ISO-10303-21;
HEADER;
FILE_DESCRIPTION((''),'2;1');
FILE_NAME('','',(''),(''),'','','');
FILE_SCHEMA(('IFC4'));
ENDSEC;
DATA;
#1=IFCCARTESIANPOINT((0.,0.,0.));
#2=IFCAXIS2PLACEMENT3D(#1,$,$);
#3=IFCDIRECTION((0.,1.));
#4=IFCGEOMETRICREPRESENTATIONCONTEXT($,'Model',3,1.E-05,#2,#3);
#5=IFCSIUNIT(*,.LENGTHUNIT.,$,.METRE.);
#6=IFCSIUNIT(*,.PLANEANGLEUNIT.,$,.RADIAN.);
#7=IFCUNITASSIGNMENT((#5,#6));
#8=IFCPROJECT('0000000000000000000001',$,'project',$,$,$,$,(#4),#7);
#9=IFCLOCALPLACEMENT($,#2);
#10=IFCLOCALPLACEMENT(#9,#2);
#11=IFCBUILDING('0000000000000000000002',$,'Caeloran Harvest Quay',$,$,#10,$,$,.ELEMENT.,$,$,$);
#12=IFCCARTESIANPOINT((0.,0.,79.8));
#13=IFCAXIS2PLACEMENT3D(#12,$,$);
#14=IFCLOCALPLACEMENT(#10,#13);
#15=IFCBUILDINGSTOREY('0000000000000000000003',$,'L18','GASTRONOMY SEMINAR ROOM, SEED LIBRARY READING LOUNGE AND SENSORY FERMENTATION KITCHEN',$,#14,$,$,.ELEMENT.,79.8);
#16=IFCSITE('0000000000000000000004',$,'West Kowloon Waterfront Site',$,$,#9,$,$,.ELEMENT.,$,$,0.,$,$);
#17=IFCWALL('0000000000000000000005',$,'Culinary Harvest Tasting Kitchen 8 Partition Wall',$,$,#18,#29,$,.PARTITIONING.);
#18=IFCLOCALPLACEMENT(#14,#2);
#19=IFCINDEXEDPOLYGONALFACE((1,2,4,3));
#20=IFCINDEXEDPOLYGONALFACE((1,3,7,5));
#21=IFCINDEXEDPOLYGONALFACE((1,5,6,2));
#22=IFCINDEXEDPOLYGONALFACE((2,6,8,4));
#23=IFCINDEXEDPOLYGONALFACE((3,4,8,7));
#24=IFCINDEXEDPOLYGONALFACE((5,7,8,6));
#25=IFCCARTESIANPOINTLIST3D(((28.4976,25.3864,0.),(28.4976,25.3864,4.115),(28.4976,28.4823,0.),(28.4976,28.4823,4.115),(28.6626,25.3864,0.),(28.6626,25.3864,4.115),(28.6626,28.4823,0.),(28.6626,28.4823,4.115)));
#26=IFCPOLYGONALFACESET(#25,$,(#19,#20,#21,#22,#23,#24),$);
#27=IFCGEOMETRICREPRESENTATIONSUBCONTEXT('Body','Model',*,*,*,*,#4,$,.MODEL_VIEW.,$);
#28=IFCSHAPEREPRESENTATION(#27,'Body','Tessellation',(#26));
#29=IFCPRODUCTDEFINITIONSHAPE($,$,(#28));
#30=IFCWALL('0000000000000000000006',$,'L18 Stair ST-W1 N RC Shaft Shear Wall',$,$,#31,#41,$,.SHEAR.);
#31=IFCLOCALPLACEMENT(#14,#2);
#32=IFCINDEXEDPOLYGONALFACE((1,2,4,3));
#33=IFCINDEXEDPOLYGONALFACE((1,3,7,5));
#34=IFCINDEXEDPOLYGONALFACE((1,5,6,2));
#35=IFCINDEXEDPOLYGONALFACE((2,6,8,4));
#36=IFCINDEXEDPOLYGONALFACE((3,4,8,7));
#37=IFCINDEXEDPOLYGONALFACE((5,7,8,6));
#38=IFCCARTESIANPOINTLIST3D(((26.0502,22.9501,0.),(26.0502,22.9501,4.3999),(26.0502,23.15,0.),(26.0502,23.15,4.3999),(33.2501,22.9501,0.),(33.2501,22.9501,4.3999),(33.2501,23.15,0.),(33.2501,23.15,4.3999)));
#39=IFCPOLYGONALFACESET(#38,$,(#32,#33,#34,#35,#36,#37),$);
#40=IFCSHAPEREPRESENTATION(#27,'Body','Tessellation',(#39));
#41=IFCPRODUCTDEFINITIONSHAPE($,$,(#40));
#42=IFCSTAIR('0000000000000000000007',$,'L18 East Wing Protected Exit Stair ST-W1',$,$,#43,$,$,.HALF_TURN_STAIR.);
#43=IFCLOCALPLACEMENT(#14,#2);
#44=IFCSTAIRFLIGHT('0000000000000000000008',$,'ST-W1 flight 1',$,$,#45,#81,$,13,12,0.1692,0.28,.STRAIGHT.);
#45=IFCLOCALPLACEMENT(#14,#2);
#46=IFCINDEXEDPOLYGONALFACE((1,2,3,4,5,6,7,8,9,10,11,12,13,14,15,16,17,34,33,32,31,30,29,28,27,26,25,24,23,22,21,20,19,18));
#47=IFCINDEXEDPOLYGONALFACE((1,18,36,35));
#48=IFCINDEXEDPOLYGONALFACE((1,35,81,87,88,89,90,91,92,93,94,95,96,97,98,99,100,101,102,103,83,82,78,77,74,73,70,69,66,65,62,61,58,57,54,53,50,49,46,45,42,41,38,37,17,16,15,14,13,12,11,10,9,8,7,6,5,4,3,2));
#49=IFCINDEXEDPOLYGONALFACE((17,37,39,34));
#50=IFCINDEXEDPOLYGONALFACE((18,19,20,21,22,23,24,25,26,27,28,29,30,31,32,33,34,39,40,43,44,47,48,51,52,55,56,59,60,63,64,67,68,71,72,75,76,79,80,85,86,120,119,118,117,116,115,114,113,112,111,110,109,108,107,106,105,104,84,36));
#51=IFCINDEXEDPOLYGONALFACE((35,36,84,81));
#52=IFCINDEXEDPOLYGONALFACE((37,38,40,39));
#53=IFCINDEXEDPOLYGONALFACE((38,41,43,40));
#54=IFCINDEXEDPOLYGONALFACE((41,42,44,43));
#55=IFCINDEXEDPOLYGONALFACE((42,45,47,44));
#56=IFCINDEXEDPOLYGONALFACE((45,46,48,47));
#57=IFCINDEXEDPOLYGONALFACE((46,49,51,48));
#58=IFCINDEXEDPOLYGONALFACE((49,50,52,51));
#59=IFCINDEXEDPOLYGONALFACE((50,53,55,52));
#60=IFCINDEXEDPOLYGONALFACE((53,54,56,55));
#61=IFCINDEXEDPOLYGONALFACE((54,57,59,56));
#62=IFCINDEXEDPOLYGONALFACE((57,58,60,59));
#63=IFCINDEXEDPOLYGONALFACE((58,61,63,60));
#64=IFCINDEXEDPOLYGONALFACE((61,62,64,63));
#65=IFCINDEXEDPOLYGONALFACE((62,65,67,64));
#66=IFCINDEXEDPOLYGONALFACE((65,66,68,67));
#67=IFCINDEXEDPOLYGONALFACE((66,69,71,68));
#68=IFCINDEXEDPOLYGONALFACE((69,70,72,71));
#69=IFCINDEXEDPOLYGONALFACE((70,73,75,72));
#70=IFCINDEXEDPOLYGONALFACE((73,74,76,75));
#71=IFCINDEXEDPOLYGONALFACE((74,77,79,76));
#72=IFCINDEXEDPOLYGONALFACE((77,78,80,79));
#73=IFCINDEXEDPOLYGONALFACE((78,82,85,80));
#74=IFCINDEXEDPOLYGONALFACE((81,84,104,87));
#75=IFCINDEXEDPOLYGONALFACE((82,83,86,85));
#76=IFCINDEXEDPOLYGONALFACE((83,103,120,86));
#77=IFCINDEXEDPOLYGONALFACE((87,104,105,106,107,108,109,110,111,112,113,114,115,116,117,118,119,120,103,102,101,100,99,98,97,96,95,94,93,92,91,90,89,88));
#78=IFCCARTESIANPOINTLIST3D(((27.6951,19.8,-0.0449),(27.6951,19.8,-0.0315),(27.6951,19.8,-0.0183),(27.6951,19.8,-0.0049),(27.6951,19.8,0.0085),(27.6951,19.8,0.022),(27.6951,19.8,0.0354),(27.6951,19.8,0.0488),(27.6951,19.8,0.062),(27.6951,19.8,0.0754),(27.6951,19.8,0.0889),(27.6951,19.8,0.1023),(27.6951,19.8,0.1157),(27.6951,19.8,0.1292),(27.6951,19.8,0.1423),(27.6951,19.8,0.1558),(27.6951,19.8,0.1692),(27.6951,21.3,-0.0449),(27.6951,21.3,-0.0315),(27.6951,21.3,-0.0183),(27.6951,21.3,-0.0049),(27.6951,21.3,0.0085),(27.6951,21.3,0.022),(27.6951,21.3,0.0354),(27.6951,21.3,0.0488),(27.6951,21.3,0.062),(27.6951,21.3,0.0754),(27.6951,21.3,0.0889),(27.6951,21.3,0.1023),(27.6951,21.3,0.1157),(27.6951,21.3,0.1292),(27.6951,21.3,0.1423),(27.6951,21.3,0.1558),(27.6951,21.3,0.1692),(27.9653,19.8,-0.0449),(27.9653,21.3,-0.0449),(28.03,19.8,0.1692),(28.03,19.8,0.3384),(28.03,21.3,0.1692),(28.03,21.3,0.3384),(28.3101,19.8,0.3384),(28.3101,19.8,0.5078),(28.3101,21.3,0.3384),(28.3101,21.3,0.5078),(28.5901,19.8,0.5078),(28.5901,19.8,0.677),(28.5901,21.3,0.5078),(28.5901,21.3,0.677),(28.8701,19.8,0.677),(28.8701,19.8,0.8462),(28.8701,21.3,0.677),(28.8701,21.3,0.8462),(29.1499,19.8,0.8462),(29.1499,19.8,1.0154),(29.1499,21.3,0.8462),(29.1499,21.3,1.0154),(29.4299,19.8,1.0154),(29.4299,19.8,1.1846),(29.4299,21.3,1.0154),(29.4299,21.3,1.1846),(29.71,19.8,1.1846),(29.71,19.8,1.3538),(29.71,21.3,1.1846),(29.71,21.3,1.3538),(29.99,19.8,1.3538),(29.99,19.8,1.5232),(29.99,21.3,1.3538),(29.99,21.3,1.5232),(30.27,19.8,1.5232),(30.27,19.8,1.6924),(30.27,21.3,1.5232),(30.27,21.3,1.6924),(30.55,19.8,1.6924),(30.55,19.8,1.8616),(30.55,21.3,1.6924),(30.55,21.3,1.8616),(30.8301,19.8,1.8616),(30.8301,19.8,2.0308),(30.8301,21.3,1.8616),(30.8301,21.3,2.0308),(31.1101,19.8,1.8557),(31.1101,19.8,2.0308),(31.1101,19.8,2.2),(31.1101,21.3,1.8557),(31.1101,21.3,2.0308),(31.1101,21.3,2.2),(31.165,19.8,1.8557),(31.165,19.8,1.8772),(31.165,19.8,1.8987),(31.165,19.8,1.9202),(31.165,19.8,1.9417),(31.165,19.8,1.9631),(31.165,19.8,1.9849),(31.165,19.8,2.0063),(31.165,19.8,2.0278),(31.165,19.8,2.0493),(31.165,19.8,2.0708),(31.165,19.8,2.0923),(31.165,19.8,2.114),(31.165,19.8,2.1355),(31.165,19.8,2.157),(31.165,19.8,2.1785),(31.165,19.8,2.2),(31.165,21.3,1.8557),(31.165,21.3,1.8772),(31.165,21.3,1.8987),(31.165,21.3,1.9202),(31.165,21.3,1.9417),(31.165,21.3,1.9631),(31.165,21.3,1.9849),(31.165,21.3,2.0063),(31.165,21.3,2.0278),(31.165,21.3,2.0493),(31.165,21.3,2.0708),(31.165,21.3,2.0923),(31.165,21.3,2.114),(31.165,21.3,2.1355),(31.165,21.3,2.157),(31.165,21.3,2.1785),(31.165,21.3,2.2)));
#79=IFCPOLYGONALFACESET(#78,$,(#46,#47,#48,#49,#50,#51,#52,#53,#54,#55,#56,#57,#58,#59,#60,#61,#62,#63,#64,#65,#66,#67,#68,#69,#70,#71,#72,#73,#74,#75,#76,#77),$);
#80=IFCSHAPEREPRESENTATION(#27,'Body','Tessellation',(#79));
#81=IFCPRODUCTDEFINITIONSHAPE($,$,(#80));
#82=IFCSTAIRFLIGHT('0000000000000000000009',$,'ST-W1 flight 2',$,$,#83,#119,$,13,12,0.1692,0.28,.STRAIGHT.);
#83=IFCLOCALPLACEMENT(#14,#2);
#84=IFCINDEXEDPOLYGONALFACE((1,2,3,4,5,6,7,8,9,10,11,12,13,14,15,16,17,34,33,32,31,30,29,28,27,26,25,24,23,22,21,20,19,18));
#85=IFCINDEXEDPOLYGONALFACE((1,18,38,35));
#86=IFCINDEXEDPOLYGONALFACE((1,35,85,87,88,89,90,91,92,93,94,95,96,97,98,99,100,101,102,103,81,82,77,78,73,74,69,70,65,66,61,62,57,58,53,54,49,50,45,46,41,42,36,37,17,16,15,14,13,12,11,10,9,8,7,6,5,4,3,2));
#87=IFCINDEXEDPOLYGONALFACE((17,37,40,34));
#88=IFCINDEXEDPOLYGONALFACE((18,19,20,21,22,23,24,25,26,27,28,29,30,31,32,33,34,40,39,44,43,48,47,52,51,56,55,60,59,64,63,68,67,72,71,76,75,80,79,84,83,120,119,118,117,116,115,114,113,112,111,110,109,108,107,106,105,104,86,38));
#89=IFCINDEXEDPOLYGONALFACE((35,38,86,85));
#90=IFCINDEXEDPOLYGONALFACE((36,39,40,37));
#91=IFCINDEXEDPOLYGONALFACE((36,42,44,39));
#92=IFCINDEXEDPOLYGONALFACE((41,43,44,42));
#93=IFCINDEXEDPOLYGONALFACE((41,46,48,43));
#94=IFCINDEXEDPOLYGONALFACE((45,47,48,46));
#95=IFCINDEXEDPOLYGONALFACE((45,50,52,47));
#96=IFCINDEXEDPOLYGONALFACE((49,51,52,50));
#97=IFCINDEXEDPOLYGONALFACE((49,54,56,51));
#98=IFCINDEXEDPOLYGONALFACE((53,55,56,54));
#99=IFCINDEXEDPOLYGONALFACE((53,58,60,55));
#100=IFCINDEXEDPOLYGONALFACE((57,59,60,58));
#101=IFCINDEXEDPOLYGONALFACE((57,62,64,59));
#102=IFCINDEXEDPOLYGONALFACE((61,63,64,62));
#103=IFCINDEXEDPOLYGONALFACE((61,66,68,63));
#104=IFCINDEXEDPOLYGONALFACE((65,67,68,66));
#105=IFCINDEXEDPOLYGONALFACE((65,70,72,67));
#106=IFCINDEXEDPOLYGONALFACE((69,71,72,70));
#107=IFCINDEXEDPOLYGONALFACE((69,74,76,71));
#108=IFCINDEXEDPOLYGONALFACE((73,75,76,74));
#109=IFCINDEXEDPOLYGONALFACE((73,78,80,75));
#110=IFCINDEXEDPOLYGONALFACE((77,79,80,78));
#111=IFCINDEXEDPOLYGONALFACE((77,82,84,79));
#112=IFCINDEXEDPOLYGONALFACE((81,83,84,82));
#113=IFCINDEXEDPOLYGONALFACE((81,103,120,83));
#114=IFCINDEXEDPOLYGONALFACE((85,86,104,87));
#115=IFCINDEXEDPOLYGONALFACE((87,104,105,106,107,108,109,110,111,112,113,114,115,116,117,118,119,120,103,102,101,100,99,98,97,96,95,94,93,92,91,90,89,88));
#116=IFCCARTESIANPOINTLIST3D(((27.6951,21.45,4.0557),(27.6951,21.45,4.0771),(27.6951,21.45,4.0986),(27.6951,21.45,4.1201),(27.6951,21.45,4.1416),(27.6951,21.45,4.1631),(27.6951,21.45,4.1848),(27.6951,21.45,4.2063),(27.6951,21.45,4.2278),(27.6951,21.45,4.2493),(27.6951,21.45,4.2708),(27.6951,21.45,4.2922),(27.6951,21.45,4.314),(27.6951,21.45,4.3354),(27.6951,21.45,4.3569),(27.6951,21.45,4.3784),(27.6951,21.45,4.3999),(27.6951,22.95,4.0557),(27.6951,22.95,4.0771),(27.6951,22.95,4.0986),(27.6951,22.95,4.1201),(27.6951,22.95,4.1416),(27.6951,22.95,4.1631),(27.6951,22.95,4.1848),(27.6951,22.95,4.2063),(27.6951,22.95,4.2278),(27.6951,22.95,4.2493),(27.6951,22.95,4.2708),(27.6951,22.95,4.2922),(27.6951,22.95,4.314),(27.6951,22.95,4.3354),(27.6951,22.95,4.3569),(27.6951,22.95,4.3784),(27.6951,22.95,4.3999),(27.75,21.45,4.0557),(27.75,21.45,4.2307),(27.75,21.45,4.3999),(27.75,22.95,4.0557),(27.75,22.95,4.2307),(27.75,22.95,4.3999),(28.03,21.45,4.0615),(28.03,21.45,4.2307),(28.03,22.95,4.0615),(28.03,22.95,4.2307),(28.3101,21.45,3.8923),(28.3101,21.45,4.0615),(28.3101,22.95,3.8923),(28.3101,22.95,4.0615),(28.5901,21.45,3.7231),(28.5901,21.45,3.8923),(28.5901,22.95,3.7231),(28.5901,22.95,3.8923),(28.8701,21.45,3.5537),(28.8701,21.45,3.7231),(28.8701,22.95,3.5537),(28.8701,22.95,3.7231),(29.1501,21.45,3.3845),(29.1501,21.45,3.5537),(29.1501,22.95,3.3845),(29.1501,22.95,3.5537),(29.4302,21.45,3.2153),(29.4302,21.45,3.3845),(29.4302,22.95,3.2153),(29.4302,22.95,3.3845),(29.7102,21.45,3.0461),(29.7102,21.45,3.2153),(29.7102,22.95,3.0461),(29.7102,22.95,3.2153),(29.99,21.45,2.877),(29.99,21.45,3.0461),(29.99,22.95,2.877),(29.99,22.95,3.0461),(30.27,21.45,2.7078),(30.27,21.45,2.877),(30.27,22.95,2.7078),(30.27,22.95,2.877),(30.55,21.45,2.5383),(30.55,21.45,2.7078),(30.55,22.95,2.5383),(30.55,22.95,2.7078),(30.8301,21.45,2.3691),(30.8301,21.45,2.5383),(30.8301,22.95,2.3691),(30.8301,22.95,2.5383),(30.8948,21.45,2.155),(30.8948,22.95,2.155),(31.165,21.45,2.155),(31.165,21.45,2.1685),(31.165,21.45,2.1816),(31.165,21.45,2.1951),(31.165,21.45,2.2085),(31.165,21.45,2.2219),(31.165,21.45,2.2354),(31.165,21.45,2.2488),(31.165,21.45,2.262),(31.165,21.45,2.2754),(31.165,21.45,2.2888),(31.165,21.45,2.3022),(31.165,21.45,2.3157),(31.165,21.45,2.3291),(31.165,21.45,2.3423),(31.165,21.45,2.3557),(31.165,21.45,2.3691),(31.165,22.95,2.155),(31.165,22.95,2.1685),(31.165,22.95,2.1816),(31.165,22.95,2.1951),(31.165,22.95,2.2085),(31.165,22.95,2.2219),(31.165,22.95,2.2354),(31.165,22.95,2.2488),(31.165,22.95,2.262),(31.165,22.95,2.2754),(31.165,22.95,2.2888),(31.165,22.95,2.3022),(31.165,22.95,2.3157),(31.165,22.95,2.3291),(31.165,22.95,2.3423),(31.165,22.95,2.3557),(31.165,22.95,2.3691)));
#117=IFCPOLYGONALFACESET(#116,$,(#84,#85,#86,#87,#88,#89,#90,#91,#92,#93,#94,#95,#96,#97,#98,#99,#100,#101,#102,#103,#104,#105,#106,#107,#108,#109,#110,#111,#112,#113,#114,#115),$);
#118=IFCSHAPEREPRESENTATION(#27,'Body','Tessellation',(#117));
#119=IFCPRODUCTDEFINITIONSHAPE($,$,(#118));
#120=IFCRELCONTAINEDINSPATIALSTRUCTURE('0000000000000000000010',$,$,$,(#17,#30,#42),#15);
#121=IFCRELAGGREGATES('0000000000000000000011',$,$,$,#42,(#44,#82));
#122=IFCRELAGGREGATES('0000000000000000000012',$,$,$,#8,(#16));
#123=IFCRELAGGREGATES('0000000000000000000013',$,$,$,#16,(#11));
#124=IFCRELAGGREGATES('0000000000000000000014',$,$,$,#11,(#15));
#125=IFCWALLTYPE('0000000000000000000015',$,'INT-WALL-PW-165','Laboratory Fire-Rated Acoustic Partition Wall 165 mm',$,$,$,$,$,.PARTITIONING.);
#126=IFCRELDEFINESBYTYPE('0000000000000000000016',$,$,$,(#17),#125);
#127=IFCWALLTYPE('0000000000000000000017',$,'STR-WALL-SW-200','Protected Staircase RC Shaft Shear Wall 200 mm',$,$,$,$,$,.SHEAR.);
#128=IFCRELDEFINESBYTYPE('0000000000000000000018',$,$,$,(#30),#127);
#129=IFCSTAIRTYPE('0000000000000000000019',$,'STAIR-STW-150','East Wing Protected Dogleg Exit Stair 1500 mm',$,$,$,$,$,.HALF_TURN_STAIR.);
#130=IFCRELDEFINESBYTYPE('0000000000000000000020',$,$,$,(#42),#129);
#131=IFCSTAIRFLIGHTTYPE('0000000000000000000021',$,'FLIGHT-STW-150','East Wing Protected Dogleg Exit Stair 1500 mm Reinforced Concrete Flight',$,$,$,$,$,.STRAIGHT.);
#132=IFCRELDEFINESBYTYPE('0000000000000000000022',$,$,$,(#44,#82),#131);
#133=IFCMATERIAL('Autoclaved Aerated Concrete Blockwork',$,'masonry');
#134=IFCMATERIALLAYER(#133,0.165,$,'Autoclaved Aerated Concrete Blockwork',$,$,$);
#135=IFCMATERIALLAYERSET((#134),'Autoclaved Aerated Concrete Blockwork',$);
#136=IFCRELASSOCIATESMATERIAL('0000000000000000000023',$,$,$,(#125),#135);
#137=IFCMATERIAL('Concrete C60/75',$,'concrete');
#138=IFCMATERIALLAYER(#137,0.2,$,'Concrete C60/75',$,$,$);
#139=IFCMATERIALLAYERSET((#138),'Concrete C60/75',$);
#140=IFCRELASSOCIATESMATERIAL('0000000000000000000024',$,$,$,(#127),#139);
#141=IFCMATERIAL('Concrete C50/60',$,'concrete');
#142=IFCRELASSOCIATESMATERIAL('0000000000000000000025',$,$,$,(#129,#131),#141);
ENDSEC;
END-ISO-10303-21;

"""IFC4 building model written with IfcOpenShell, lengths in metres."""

from ifc_helpers import new_model, si_unit, direction, frame, frame_2d, origin, place, context, subcontext, project, spatial, polyline, rectangle, outline, extrude, material, layer, layer_set, type_object, element, aggregate, save


model = new_model("IFC4")

# Units and contexts
model_context = context("Model", 3, precision=1e-05, world=origin(), true_north=direction((0.0, 1.0)))
body_context = subcontext(model_context, "Body", "Model", "MODEL_VIEW")
ifc_project = project(units=[si_unit("LENGTHUNIT", "METRE"), si_unit("PLANEANGLEUNIT", "RADIAN")], contexts=[model_context])

# Site, building, storey
site_placement = place(None, origin())
site = spatial("IfcSite", under=ifc_project, at=site_placement, Name="West Kowloon Waterfront Site", CompositionType="ELEMENT", RefElevation=0.0)
building_placement = place(site_placement, origin())
building = spatial("IfcBuilding", under=site, at=building_placement, Name="Caeloran Harvest Quay", CompositionType="ELEMENT")
storey_placement = place(building_placement, frame((0.0, 0.0, 79.8)))
storey = spatial("IfcBuildingStorey", under=building, at=storey_placement, Name="L18", Description="GASTRONOMY SEMINAR ROOM, SEED LIBRARY READING LOUNGE AND SENSORY FERMENTATION KITCHEN", CompositionType="ELEMENT", Elevation=79.8)

# Shared definitions
ifc_material_1 = material(Name="Autoclaved Aerated Concrete Blockwork", Category="masonry")
ifc_layer_1 = layer(ifc_material_1, 0.165, Name="Autoclaved Aerated Concrete Blockwork")
ifc_layer_set_1 = layer_set([ifc_layer_1], Name="Autoclaved Aerated Concrete Blockwork")
wall_type_1 = type_object("IfcWallType", Name="INT-WALL-PW-165", Description="Laboratory Fire-Rated Acoustic Partition Wall 165 mm", PredefinedType="PARTITIONING", material=ifc_layer_set_1)

# Walls
wall_1_placement = place(storey_placement, frame((28.5801, 25.3865, 0.0), z_axis=(0.0, 0.0, 1.0), x_axis=(0.0, 1.0, 0.0)))
element("IfcWall", 1, at=wall_1_placement, inside=storey, type_object=wall_type_1, Name="Culinary Harvest Tasting Kitchen 8 Partition Wall", PredefinedType="PARTITIONING", context=body_context, shape_type="SweptSolid", body=[
    extrude(rectangle(XDim=3.0959, YDim=0.165, at=frame_2d((1.5479, 0.0))), origin(), (0.0, 0.0, 1.0), 4.115),
])
ifc_material_2 = material(Name="Concrete C60/75", Category="concrete")
ifc_layer_2 = layer(ifc_material_2, 0.2, Name="Concrete C60/75")
ifc_layer_set_2 = layer_set([ifc_layer_2], Name="Concrete C60/75")
wall_type_2 = type_object("IfcWallType", Name="STR-WALL-SW-200", Description="Protected Staircase RC Shaft Shear Wall 200 mm", PredefinedType="SHEAR", material=ifc_layer_set_2)
wall_2_placement = place(storey_placement, frame((26.05, 23.05, 0.0), z_axis=(0.0, 0.0, 1.0), x_axis=(1.0, 0.0, 0.0)))
element("IfcWall", 2, at=wall_2_placement, inside=storey, type_object=wall_type_2, Name="L18 Stair ST-W1 N RC Shaft Shear Wall", PredefinedType="SHEAR", context=body_context, shape_type="SweptSolid", body=[
    extrude(rectangle(XDim=7.2, YDim=0.2, at=frame_2d((3.6001, 0.0))), origin(), (0.0, 0.0, 1.0), 4.3999),
])

# Stair, stair flights
ifc_material_3 = material(Name="Concrete C50/60", Category="concrete")
stair_type = type_object("IfcStairType", Name="STAIR-STW-150", Description="East Wing Protected Dogleg Exit Stair 1500 mm", PredefinedType="HALF_TURN_STAIR", material=ifc_material_3)
stair_placement = place(storey_placement, origin())
stair = element("IfcStair", 3, at=stair_placement, inside=storey, type_object=stair_type, Name="L18 East Wing Protected Exit Stair ST-W1", PredefinedType="HALF_TURN_STAIR")
stair_flight_type = type_object("IfcStairFlightType", Name="FLIGHT-STW-150", Description="East Wing Protected Dogleg Exit Stair 1500 mm Reinforced Concrete Flight", PredefinedType="STRAIGHT", material=ifc_material_3)
stair_flight_1_placement = place(storey_placement, frame((27.75, 20.55, 0.0), z_axis=(0.0, 0.0, 1.0), x_axis=(1.0, 0.0, 0.0)))
stair_flight_1 = element("IfcStairFlight", 4, at=stair_flight_1_placement, type_object=stair_flight_type, Name="ST-W1 flight 1", NumberOfRisers=13, NumberOfTreads=12, PredefinedType="STRAIGHT", RiserHeight=0.1692, TreadLength=0.28, context=body_context, shape_type="SweptSolid", body=[
    extrude(outline(polyline([(-0.0549, -0.0449), (-0.0549, -0.0315), (-0.0549, -0.0183), (-0.0549, -0.0049), (-0.0549, 0.0085), (-0.0549, 0.022), (-0.0549, 0.0354), (-0.0549, 0.0488), (-0.0549, 0.062), (-0.0549, 0.0754), (-0.0549, 0.0889), (-0.0549, 0.1023), (-0.0549, 0.1157), (-0.0549, 0.1292), (-0.0549, 0.1423), (-0.0549, 0.1558), (-0.0549, 0.1692), (0.28, 0.1692), (0.28, 0.3384), (0.5601, 0.3384), (0.5601, 0.5078), (0.8401, 0.5078), (0.8401, 0.677), (1.1201, 0.677), (1.1201, 0.8462), (1.3999, 0.8462), (1.3999, 1.0154), (1.6799, 1.0154), (1.6799, 1.1846), (1.96, 1.1846), (1.96, 1.3538), (2.24, 1.3538), (2.24, 1.5232), (2.52, 1.5232), (2.52, 1.6924), (2.8, 1.6924), (2.8, 1.8616), (3.0801, 1.8616), (3.0801, 2.0308), (3.3601, 2.0308), (3.3601, 2.2), (3.415, 2.2), (3.415, 2.1785), (3.415, 2.157), (3.415, 2.1355), (3.415, 2.114), (3.415, 2.0923), (3.415, 2.0708), (3.415, 2.0493), (3.415, 2.0278), (3.415, 2.0063), (3.415, 1.9849), (3.415, 1.9631), (3.415, 1.9417), (3.415, 1.9202), (3.415, 1.8987), (3.415, 1.8772), (3.415, 1.8557), (3.3601, 1.8557), (0.2153, -0.0449), (-0.0549, -0.0449)])), frame((0.0, 0.75, 0.0), z_axis=(0.0, -1.0, 0.0), x_axis=(1.0, 0.0, 0.0)), (0.0, 0.0, 1.0), 1.5),
])
stair_flight_2_placement = place(storey_placement, frame((31.1101, 22.2, 2.2), z_axis=(0.0, 0.0, 1.0), x_axis=(-1.0, 0.0, 0.0)))
stair_flight_2 = element("IfcStairFlight", 5, at=stair_flight_2_placement, type_object=stair_flight_type, Name="ST-W1 flight 2", NumberOfRisers=13, NumberOfTreads=12, PredefinedType="STRAIGHT", RiserHeight=0.1692, TreadLength=0.28, context=body_context, shape_type="SweptSolid", body=[
    extrude(outline(polyline([(-0.0549, -0.0449), (-0.0549, -0.0315), (-0.0549, -0.0183), (-0.0549, -0.0049), (-0.0549, 0.0085), (-0.0549, 0.022), (-0.0549, 0.0354), (-0.0549, 0.0488), (-0.0549, 0.062), (-0.0549, 0.0754), (-0.0549, 0.0889), (-0.0549, 0.1023), (-0.0549, 0.1157), (-0.0549, 0.1292), (-0.0549, 0.1423), (-0.0549, 0.1558), (-0.0549, 0.1692), (0.28, 0.1692), (0.28, 0.3384), (0.5601, 0.3384), (0.5601, 0.5078), (0.8401, 0.5078), (0.8401, 0.677), (1.1201, 0.677), (1.1201, 0.8462), (1.3999, 0.8462), (1.3999, 1.0154), (1.6799, 1.0154), (1.6799, 1.1846), (1.96, 1.1846), (1.96, 1.3538), (2.24, 1.3538), (2.24, 1.5232), (2.52, 1.5232), (2.52, 1.6924), (2.8, 1.6924), (2.8, 1.8616), (3.0801, 1.8616), (3.0801, 2.0308), (3.3601, 2.0308), (3.3601, 2.2), (3.415, 2.2), (3.415, 2.1785), (3.415, 2.157), (3.415, 2.1355), (3.415, 2.114), (3.415, 2.0923), (3.415, 2.0708), (3.415, 2.0493), (3.415, 2.0278), (3.415, 2.0063), (3.415, 1.9849), (3.415, 1.9631), (3.415, 1.9417), (3.415, 1.9202), (3.415, 1.8987), (3.415, 1.8772), (3.415, 1.8557), (3.3601, 1.8557), (0.2153, -0.0449), (-0.0549, -0.0449)])), frame((0.0, 0.75, 0.0), z_axis=(0.0, -1.0, 0.0), x_axis=(1.0, 0.0, 0.0)), (0.0, 0.0, 1.0), 1.5),
])
aggregate(stair, [stair_flight_1, stair_flight_2])

save(model, "model.ifc")
